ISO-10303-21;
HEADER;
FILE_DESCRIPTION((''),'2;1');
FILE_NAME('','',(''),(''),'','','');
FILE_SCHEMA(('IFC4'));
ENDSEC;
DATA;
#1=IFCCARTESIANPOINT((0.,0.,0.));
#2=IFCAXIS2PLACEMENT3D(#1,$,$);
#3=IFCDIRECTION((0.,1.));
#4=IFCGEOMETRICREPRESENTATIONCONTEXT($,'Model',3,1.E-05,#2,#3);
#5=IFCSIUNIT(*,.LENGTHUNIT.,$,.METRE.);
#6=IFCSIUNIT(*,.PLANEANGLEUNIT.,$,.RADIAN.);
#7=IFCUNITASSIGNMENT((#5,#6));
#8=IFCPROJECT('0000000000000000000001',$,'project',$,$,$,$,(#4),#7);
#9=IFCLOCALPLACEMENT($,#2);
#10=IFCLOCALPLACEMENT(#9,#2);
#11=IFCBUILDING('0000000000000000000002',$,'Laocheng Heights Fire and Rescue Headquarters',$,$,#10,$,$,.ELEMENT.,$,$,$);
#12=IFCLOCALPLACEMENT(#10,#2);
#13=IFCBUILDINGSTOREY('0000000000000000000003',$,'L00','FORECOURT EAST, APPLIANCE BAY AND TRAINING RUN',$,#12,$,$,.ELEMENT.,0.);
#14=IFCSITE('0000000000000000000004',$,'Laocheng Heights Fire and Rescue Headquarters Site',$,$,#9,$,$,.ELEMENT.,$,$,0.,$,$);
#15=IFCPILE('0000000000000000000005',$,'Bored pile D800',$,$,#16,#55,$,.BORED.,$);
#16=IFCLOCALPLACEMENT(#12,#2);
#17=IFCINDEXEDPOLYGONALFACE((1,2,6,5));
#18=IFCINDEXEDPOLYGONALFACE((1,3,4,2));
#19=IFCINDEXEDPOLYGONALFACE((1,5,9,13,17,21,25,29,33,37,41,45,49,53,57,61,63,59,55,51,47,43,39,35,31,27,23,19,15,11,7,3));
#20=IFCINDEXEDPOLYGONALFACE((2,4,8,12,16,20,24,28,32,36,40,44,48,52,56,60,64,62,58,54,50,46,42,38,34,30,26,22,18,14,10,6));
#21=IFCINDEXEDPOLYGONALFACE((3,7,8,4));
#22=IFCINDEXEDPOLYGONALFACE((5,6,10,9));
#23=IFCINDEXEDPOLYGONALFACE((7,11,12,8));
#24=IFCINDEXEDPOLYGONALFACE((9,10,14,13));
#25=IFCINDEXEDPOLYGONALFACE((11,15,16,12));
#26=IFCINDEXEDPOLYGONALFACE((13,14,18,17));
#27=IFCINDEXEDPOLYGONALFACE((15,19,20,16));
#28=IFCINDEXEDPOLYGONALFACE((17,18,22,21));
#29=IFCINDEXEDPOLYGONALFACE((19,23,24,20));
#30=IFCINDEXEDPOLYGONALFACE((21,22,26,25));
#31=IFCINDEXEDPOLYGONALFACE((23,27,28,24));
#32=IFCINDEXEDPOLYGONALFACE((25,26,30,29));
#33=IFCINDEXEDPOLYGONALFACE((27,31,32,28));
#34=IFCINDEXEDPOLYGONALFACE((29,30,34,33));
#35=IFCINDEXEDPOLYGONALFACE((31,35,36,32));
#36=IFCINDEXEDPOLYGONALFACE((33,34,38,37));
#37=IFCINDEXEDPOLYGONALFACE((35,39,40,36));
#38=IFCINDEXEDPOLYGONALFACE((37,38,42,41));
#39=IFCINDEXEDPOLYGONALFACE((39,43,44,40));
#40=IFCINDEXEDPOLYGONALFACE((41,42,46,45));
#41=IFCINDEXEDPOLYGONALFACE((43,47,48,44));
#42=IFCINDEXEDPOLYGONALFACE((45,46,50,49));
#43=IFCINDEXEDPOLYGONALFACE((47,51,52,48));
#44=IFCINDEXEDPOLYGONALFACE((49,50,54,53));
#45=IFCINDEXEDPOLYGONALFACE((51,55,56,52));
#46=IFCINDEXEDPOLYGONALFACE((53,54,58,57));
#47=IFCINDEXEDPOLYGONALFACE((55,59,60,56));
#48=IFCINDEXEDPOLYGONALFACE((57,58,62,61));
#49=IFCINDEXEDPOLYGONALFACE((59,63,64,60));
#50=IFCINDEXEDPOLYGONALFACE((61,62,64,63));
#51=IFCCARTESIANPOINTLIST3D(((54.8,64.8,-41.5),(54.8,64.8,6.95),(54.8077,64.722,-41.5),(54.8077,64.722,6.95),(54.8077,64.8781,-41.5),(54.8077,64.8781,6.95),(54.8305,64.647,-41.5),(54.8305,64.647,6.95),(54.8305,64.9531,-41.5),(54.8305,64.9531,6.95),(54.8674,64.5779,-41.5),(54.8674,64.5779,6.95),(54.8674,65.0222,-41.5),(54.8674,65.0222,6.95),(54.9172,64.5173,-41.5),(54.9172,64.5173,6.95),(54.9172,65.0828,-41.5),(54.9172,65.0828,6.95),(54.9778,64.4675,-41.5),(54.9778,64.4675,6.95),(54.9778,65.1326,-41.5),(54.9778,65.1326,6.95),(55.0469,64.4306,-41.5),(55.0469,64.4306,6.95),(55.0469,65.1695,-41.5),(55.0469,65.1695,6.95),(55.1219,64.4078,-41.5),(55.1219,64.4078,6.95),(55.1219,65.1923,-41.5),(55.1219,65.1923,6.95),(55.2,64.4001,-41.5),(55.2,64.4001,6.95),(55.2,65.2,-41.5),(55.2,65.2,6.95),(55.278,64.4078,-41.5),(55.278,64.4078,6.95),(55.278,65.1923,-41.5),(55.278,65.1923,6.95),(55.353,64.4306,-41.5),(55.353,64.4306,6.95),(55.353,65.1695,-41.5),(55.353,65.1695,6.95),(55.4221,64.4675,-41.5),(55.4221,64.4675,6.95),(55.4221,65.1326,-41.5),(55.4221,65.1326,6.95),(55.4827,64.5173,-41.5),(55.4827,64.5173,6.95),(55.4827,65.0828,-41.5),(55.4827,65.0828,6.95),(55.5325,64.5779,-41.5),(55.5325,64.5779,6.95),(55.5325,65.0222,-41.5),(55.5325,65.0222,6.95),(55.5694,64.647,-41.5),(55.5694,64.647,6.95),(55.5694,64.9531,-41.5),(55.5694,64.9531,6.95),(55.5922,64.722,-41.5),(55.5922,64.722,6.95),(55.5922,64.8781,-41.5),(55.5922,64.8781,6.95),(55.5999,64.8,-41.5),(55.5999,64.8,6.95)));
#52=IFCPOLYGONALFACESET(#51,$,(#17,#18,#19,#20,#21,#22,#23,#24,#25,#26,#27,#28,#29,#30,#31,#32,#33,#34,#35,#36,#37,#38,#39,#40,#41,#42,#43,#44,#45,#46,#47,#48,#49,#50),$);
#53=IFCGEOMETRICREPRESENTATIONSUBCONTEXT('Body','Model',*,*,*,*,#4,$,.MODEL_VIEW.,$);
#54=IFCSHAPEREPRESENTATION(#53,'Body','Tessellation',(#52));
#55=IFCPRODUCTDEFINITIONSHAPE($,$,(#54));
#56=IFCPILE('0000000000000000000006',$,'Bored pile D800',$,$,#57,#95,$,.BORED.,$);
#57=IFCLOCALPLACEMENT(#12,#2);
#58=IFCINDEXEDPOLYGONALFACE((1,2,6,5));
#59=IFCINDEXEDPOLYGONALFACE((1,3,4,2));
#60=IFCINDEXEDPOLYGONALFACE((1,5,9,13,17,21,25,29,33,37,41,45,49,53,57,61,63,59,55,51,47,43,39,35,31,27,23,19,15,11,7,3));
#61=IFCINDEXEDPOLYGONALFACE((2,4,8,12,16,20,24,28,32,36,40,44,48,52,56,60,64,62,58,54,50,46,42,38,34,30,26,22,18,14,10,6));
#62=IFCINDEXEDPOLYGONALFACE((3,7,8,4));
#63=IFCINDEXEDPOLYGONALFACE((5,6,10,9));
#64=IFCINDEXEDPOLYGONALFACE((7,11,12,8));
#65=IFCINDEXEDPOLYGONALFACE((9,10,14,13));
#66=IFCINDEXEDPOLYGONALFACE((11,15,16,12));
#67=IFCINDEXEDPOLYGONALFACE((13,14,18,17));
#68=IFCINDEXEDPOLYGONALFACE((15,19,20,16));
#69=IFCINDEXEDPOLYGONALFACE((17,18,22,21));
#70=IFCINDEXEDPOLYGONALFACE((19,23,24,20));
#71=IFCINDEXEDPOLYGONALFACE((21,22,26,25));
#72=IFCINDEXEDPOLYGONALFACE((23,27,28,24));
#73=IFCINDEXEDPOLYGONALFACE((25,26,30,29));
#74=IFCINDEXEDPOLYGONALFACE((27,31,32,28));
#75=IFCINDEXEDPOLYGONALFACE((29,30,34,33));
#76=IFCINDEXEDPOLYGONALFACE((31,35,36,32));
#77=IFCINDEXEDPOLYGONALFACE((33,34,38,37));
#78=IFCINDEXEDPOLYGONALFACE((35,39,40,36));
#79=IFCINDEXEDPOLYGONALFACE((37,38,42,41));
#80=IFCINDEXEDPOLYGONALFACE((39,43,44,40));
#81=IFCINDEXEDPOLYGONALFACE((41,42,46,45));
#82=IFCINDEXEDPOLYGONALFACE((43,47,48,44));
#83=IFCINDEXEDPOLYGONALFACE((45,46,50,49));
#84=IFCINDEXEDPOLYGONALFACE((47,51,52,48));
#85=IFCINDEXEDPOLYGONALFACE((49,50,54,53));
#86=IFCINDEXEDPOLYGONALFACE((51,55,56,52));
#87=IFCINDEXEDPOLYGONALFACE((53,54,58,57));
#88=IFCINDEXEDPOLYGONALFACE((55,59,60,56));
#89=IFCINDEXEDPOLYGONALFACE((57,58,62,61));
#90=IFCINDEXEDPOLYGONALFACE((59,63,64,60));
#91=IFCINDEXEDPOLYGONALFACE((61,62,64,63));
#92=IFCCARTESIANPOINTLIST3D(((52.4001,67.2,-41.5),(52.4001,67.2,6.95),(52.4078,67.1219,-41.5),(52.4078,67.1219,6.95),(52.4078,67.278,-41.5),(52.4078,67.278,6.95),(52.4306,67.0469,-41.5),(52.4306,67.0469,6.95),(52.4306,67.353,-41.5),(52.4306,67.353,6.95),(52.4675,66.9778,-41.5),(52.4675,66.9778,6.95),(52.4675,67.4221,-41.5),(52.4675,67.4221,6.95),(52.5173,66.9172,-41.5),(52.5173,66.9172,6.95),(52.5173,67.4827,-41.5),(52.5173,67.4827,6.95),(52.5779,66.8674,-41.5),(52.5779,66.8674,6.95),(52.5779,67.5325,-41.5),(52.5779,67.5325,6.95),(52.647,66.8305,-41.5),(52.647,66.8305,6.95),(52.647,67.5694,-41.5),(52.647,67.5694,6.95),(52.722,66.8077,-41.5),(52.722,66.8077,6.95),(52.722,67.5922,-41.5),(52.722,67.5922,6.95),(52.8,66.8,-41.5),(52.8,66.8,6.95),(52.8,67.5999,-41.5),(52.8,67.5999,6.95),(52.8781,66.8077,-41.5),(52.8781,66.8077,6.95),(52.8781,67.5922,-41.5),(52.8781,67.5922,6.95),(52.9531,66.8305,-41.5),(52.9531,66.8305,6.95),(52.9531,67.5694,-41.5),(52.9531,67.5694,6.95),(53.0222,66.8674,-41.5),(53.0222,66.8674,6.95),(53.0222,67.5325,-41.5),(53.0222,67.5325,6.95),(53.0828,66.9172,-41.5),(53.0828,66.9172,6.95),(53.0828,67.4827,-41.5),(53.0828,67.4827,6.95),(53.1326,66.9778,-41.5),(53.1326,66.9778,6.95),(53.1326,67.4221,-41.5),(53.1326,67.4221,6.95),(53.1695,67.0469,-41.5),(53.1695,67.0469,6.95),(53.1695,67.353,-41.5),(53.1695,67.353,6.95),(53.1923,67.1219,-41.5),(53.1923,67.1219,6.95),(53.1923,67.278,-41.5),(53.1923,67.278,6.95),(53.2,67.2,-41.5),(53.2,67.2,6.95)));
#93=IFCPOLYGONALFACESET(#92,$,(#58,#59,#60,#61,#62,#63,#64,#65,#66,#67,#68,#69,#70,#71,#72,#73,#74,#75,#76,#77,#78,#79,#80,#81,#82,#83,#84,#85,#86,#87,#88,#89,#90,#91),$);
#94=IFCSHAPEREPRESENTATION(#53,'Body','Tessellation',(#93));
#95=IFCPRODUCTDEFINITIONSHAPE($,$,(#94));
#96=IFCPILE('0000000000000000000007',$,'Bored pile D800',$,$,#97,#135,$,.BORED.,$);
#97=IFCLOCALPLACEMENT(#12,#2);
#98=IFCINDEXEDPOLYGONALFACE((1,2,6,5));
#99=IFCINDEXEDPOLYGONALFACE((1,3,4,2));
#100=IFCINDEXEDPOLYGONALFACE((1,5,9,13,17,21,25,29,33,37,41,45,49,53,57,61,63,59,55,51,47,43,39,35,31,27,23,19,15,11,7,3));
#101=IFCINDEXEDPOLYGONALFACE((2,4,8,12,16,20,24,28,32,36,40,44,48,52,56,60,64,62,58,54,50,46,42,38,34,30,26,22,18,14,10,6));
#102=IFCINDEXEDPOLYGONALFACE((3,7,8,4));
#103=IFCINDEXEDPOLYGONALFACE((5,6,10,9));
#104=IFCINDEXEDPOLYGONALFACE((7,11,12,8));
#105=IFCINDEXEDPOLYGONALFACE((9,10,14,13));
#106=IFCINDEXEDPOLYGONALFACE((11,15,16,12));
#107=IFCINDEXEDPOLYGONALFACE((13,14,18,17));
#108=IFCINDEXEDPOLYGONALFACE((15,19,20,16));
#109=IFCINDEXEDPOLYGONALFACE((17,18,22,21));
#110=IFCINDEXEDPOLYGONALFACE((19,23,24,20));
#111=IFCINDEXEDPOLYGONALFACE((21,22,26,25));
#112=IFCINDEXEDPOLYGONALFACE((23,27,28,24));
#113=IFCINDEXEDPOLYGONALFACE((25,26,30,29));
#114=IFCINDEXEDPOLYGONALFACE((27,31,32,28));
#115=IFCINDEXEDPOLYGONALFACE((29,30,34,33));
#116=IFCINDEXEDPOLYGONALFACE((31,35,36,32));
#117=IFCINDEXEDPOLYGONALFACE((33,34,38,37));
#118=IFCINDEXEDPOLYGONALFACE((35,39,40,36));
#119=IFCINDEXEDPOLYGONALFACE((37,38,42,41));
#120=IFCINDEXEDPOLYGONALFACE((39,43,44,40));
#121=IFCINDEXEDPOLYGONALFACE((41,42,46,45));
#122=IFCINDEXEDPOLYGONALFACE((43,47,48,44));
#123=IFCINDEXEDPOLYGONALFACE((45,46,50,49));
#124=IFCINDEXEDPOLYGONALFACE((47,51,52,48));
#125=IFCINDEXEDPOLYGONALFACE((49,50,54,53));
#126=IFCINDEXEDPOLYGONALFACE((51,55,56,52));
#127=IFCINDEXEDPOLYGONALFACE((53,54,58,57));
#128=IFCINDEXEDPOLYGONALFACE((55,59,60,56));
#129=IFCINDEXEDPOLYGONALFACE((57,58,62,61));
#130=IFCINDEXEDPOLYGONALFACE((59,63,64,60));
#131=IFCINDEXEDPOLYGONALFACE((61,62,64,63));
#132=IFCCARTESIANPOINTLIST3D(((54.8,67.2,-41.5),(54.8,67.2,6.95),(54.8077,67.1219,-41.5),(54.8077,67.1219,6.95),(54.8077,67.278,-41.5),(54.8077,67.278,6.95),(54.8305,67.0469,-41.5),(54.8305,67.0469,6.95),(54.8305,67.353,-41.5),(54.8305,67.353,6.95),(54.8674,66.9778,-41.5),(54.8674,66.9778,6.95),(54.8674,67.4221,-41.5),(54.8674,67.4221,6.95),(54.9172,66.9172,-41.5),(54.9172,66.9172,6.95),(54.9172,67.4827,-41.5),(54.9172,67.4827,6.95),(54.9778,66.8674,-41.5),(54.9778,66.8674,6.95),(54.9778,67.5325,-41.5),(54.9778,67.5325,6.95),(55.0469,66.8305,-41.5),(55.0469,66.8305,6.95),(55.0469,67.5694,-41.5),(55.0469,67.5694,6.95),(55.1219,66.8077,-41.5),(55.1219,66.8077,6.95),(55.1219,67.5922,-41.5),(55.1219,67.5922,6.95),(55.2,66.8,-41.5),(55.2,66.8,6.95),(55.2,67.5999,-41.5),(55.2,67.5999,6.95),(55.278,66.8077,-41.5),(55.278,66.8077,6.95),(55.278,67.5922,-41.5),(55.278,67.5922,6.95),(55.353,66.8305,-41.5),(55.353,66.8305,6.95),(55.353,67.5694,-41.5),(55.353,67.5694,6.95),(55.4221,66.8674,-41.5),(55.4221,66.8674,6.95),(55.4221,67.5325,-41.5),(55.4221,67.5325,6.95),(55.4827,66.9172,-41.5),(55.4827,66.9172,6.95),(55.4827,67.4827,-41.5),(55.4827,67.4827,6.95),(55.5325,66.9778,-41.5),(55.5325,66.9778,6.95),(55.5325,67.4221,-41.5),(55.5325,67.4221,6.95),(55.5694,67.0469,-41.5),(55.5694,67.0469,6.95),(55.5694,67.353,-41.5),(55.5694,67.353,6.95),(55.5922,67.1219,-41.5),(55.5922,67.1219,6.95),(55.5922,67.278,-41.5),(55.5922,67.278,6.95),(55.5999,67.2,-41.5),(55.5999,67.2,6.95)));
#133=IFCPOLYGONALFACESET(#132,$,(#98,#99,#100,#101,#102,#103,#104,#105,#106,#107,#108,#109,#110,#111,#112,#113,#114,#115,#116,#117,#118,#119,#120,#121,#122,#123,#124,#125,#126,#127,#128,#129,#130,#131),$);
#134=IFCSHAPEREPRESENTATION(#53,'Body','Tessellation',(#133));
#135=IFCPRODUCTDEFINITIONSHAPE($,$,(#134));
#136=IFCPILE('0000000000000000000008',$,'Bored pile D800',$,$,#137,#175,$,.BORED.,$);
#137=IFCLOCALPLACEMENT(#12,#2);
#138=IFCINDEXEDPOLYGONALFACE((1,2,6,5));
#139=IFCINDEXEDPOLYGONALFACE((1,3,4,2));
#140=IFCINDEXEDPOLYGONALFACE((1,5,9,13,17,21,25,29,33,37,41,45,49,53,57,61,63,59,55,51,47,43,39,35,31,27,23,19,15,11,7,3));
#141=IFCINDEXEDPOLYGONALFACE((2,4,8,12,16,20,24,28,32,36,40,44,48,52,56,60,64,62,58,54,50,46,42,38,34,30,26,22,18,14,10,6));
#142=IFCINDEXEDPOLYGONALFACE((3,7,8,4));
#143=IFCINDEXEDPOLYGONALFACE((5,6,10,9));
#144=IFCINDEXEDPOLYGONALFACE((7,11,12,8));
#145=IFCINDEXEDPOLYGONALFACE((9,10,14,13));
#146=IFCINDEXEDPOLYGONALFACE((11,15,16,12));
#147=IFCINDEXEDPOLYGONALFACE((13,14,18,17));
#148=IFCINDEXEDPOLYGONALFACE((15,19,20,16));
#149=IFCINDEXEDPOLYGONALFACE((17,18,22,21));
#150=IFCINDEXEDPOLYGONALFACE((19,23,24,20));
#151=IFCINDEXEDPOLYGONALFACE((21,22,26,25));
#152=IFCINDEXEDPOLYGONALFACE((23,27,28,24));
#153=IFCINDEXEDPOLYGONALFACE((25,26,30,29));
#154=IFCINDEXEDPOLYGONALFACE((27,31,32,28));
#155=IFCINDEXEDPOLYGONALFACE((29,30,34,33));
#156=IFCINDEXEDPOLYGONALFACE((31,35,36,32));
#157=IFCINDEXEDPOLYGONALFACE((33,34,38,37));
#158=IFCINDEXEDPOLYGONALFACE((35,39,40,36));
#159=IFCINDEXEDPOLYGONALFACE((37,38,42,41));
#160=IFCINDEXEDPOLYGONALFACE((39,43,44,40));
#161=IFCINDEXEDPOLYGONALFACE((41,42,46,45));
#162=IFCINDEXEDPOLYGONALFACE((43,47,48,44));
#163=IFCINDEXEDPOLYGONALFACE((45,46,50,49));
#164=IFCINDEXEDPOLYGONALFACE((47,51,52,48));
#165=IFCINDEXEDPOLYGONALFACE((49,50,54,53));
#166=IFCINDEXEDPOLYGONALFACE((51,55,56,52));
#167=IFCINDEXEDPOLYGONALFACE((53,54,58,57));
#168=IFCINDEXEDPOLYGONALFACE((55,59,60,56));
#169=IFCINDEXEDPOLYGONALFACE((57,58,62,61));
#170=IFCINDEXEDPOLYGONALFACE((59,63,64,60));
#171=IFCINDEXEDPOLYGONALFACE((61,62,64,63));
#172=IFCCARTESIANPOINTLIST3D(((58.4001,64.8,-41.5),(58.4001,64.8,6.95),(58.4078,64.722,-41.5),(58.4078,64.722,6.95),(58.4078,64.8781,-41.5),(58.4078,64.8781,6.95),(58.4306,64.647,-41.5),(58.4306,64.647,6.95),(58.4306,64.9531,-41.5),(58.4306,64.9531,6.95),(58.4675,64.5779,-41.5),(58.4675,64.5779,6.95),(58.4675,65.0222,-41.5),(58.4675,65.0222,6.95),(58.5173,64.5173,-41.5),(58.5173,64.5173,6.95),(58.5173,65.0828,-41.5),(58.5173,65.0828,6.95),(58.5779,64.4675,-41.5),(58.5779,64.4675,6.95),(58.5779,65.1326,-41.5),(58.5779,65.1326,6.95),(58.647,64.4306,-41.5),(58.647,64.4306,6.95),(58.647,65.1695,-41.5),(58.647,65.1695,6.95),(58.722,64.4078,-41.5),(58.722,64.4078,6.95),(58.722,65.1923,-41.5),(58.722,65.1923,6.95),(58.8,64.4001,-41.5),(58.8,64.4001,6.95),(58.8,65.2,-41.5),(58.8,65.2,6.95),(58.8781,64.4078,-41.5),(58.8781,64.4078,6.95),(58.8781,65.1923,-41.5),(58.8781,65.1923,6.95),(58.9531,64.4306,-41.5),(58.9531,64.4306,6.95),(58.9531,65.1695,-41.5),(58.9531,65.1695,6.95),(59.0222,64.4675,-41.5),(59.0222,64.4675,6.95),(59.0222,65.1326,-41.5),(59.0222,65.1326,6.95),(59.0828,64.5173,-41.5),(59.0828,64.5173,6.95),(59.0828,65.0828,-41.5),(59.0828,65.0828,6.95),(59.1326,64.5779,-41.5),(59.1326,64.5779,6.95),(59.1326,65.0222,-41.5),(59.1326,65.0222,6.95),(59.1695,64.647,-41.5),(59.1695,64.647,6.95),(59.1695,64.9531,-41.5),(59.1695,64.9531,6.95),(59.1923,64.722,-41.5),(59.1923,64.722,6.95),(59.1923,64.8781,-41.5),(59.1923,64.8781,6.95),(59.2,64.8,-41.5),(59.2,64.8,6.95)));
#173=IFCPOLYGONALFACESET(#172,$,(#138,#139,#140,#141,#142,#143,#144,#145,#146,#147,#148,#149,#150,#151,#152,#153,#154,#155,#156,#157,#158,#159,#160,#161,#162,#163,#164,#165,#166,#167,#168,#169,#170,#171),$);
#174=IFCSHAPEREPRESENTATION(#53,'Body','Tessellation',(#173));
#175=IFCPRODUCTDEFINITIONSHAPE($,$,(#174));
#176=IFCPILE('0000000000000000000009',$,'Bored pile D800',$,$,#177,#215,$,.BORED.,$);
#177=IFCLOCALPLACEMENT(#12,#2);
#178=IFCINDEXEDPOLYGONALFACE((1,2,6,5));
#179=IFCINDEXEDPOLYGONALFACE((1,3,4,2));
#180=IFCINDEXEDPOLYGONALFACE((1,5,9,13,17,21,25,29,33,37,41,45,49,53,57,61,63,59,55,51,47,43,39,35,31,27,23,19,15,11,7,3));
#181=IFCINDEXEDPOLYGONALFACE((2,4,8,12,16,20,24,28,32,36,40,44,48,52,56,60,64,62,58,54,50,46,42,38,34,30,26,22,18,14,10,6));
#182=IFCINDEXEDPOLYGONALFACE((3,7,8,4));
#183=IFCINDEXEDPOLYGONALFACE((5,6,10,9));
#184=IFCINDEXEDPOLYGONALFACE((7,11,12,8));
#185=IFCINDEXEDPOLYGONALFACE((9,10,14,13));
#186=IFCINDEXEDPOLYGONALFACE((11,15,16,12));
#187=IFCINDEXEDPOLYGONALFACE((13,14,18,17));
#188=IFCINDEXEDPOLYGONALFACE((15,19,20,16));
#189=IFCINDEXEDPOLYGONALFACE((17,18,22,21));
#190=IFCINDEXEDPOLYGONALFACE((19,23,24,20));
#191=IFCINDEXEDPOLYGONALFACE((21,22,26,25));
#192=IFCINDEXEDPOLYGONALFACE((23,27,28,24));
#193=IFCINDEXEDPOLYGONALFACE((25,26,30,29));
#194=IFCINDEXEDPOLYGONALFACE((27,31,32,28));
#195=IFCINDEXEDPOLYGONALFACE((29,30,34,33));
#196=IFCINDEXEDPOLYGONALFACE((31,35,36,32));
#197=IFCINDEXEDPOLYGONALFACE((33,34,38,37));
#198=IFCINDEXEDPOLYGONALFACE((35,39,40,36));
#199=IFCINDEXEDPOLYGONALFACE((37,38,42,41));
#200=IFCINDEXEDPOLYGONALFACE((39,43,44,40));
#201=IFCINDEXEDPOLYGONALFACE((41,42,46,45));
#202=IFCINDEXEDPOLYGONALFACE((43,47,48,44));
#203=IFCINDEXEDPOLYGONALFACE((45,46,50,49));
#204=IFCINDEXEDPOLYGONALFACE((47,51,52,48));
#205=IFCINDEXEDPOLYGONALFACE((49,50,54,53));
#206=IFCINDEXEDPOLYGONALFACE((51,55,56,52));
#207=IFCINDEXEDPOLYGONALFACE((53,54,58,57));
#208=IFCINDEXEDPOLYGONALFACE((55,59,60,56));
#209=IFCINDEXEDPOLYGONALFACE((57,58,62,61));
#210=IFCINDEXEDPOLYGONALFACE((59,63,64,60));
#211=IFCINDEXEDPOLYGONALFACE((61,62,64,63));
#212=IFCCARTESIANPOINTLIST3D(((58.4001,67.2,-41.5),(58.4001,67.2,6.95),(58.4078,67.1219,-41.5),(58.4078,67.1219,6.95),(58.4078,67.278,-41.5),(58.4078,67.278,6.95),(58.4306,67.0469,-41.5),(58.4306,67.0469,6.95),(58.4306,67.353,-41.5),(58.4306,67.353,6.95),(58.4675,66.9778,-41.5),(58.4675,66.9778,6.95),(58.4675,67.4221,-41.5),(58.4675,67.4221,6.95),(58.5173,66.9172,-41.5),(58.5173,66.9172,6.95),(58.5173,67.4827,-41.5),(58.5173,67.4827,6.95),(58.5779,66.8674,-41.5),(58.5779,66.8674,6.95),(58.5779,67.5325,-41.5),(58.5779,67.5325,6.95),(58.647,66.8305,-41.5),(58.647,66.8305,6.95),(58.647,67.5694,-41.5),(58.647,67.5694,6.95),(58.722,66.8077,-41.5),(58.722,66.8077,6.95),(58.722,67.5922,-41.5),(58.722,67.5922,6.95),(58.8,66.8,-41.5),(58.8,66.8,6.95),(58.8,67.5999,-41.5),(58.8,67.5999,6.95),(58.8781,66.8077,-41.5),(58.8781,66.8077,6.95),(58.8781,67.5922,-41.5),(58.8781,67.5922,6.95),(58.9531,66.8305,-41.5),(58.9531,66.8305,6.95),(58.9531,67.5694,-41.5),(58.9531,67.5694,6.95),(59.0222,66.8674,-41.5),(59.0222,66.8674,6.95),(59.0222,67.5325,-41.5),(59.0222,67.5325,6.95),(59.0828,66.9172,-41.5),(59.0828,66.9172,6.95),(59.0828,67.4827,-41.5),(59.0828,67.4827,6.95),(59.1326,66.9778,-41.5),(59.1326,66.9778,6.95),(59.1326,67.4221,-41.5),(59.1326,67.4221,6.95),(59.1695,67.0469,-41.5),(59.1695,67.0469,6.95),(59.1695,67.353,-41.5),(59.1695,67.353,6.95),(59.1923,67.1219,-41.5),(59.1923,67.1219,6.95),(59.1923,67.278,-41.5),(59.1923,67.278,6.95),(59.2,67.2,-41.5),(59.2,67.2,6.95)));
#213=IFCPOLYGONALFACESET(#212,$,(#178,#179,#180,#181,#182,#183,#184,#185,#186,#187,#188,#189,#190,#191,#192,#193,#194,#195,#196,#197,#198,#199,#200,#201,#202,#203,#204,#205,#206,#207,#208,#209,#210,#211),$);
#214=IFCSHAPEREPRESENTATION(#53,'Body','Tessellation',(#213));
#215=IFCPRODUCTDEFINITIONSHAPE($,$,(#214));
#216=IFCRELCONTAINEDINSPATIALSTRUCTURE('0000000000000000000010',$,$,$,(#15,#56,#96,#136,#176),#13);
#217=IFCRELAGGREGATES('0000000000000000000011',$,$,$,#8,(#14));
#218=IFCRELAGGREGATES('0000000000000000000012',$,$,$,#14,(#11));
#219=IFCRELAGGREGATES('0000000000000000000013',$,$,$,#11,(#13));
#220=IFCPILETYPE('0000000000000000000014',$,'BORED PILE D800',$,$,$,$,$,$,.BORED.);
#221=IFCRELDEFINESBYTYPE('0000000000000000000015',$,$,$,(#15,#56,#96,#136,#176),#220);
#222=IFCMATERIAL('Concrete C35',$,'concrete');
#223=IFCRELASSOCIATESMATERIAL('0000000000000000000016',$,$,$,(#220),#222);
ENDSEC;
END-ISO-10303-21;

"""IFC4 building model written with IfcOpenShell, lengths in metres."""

from ifc_helpers import new_model, si_unit, direction, frame, origin, origin_2d, place, context, subcontext, project, spatial, circle, extrude, material, material_profile, profile_set, type_object, element, save


model = new_model("IFC4")

# Units and contexts
model_context = context("Model", 3, precision=1e-05, world=origin(), true_north=direction((0.0, 1.0)))
body_context = subcontext(model_context, "Body", "Model", "MODEL_VIEW")
ifc_project = project(units=[si_unit("LENGTHUNIT", "METRE"), si_unit("PLANEANGLEUNIT", "RADIAN")], contexts=[model_context])

# Site, building, storey
site_placement = place(None, origin())
site = spatial("IfcSite", under=ifc_project, at=site_placement, Name="Laocheng Heights Fire and Rescue Headquarters Site", CompositionType="ELEMENT", RefElevation=0.0)
building_placement = place(site_placement, origin())
building = spatial("IfcBuilding", under=site, at=building_placement, Name="Laocheng Heights Fire and Rescue Headquarters", CompositionType="ELEMENT")
storey_placement = place(building_placement, origin())
storey = spatial("IfcBuildingStorey", under=building, at=storey_placement, Name="L00", Description="FORECOURT EAST, APPLIANCE BAY AND TRAINING RUN", CompositionType="ELEMENT", Elevation=0.0)

# Piles
ifc_material_1 = material(Name="Concrete C35", Category="concrete")
ifc_material_profile_1 = material_profile(ifc_material_1, circle(Radius=0.3999, at=origin_2d()), Name="BORED PILE D800")
ifc_profile_set_1 = profile_set([ifc_material_profile_1], Name="Concrete C35")
pile_type_1 = type_object("IfcPileType", Name="BORED PILE D800", PredefinedType="BORED", material=ifc_profile_set_1)
for number, where, z_axis, x_axis, name in (
    (1, (55.2, 64.8, 6.95), (0.0, 0.0, -1.0), (1.0, 0.0, 0.0), "Bored pile D800"),
    (2, (52.8, 67.2, 6.95), (0.0, 0.0, -1.0), (1.0, 0.0, 0.0), "Bored pile D800"),
    (3, (55.2, 67.2, 6.95), (0.0, 0.0, -1.0), (1.0, 0.0, 0.0), "Bored pile D800"),
    (4, (58.8, 64.8, 6.95), (0.0, 0.0, -1.0), (1.0, 0.0, 0.0), "Bored pile D800"),
    (5, (58.8, 67.2, 6.95), (0.0, 0.0, -1.0), (1.0, 0.0, 0.0), "Bored pile D800"),
):
    element("IfcPile", number, at=place(storey_placement, frame(where, z_axis=z_axis, x_axis=x_axis)), inside=storey, type_object=pile_type_1, Name=name, PredefinedType="BORED", context=body_context, shape_type="SweptSolid", body=[
        extrude(circle(Radius=0.3999, at=origin_2d()), origin(), (0.0, 0.0, 1.0), 48.45),
    ])

save(model, "model.ifc")
